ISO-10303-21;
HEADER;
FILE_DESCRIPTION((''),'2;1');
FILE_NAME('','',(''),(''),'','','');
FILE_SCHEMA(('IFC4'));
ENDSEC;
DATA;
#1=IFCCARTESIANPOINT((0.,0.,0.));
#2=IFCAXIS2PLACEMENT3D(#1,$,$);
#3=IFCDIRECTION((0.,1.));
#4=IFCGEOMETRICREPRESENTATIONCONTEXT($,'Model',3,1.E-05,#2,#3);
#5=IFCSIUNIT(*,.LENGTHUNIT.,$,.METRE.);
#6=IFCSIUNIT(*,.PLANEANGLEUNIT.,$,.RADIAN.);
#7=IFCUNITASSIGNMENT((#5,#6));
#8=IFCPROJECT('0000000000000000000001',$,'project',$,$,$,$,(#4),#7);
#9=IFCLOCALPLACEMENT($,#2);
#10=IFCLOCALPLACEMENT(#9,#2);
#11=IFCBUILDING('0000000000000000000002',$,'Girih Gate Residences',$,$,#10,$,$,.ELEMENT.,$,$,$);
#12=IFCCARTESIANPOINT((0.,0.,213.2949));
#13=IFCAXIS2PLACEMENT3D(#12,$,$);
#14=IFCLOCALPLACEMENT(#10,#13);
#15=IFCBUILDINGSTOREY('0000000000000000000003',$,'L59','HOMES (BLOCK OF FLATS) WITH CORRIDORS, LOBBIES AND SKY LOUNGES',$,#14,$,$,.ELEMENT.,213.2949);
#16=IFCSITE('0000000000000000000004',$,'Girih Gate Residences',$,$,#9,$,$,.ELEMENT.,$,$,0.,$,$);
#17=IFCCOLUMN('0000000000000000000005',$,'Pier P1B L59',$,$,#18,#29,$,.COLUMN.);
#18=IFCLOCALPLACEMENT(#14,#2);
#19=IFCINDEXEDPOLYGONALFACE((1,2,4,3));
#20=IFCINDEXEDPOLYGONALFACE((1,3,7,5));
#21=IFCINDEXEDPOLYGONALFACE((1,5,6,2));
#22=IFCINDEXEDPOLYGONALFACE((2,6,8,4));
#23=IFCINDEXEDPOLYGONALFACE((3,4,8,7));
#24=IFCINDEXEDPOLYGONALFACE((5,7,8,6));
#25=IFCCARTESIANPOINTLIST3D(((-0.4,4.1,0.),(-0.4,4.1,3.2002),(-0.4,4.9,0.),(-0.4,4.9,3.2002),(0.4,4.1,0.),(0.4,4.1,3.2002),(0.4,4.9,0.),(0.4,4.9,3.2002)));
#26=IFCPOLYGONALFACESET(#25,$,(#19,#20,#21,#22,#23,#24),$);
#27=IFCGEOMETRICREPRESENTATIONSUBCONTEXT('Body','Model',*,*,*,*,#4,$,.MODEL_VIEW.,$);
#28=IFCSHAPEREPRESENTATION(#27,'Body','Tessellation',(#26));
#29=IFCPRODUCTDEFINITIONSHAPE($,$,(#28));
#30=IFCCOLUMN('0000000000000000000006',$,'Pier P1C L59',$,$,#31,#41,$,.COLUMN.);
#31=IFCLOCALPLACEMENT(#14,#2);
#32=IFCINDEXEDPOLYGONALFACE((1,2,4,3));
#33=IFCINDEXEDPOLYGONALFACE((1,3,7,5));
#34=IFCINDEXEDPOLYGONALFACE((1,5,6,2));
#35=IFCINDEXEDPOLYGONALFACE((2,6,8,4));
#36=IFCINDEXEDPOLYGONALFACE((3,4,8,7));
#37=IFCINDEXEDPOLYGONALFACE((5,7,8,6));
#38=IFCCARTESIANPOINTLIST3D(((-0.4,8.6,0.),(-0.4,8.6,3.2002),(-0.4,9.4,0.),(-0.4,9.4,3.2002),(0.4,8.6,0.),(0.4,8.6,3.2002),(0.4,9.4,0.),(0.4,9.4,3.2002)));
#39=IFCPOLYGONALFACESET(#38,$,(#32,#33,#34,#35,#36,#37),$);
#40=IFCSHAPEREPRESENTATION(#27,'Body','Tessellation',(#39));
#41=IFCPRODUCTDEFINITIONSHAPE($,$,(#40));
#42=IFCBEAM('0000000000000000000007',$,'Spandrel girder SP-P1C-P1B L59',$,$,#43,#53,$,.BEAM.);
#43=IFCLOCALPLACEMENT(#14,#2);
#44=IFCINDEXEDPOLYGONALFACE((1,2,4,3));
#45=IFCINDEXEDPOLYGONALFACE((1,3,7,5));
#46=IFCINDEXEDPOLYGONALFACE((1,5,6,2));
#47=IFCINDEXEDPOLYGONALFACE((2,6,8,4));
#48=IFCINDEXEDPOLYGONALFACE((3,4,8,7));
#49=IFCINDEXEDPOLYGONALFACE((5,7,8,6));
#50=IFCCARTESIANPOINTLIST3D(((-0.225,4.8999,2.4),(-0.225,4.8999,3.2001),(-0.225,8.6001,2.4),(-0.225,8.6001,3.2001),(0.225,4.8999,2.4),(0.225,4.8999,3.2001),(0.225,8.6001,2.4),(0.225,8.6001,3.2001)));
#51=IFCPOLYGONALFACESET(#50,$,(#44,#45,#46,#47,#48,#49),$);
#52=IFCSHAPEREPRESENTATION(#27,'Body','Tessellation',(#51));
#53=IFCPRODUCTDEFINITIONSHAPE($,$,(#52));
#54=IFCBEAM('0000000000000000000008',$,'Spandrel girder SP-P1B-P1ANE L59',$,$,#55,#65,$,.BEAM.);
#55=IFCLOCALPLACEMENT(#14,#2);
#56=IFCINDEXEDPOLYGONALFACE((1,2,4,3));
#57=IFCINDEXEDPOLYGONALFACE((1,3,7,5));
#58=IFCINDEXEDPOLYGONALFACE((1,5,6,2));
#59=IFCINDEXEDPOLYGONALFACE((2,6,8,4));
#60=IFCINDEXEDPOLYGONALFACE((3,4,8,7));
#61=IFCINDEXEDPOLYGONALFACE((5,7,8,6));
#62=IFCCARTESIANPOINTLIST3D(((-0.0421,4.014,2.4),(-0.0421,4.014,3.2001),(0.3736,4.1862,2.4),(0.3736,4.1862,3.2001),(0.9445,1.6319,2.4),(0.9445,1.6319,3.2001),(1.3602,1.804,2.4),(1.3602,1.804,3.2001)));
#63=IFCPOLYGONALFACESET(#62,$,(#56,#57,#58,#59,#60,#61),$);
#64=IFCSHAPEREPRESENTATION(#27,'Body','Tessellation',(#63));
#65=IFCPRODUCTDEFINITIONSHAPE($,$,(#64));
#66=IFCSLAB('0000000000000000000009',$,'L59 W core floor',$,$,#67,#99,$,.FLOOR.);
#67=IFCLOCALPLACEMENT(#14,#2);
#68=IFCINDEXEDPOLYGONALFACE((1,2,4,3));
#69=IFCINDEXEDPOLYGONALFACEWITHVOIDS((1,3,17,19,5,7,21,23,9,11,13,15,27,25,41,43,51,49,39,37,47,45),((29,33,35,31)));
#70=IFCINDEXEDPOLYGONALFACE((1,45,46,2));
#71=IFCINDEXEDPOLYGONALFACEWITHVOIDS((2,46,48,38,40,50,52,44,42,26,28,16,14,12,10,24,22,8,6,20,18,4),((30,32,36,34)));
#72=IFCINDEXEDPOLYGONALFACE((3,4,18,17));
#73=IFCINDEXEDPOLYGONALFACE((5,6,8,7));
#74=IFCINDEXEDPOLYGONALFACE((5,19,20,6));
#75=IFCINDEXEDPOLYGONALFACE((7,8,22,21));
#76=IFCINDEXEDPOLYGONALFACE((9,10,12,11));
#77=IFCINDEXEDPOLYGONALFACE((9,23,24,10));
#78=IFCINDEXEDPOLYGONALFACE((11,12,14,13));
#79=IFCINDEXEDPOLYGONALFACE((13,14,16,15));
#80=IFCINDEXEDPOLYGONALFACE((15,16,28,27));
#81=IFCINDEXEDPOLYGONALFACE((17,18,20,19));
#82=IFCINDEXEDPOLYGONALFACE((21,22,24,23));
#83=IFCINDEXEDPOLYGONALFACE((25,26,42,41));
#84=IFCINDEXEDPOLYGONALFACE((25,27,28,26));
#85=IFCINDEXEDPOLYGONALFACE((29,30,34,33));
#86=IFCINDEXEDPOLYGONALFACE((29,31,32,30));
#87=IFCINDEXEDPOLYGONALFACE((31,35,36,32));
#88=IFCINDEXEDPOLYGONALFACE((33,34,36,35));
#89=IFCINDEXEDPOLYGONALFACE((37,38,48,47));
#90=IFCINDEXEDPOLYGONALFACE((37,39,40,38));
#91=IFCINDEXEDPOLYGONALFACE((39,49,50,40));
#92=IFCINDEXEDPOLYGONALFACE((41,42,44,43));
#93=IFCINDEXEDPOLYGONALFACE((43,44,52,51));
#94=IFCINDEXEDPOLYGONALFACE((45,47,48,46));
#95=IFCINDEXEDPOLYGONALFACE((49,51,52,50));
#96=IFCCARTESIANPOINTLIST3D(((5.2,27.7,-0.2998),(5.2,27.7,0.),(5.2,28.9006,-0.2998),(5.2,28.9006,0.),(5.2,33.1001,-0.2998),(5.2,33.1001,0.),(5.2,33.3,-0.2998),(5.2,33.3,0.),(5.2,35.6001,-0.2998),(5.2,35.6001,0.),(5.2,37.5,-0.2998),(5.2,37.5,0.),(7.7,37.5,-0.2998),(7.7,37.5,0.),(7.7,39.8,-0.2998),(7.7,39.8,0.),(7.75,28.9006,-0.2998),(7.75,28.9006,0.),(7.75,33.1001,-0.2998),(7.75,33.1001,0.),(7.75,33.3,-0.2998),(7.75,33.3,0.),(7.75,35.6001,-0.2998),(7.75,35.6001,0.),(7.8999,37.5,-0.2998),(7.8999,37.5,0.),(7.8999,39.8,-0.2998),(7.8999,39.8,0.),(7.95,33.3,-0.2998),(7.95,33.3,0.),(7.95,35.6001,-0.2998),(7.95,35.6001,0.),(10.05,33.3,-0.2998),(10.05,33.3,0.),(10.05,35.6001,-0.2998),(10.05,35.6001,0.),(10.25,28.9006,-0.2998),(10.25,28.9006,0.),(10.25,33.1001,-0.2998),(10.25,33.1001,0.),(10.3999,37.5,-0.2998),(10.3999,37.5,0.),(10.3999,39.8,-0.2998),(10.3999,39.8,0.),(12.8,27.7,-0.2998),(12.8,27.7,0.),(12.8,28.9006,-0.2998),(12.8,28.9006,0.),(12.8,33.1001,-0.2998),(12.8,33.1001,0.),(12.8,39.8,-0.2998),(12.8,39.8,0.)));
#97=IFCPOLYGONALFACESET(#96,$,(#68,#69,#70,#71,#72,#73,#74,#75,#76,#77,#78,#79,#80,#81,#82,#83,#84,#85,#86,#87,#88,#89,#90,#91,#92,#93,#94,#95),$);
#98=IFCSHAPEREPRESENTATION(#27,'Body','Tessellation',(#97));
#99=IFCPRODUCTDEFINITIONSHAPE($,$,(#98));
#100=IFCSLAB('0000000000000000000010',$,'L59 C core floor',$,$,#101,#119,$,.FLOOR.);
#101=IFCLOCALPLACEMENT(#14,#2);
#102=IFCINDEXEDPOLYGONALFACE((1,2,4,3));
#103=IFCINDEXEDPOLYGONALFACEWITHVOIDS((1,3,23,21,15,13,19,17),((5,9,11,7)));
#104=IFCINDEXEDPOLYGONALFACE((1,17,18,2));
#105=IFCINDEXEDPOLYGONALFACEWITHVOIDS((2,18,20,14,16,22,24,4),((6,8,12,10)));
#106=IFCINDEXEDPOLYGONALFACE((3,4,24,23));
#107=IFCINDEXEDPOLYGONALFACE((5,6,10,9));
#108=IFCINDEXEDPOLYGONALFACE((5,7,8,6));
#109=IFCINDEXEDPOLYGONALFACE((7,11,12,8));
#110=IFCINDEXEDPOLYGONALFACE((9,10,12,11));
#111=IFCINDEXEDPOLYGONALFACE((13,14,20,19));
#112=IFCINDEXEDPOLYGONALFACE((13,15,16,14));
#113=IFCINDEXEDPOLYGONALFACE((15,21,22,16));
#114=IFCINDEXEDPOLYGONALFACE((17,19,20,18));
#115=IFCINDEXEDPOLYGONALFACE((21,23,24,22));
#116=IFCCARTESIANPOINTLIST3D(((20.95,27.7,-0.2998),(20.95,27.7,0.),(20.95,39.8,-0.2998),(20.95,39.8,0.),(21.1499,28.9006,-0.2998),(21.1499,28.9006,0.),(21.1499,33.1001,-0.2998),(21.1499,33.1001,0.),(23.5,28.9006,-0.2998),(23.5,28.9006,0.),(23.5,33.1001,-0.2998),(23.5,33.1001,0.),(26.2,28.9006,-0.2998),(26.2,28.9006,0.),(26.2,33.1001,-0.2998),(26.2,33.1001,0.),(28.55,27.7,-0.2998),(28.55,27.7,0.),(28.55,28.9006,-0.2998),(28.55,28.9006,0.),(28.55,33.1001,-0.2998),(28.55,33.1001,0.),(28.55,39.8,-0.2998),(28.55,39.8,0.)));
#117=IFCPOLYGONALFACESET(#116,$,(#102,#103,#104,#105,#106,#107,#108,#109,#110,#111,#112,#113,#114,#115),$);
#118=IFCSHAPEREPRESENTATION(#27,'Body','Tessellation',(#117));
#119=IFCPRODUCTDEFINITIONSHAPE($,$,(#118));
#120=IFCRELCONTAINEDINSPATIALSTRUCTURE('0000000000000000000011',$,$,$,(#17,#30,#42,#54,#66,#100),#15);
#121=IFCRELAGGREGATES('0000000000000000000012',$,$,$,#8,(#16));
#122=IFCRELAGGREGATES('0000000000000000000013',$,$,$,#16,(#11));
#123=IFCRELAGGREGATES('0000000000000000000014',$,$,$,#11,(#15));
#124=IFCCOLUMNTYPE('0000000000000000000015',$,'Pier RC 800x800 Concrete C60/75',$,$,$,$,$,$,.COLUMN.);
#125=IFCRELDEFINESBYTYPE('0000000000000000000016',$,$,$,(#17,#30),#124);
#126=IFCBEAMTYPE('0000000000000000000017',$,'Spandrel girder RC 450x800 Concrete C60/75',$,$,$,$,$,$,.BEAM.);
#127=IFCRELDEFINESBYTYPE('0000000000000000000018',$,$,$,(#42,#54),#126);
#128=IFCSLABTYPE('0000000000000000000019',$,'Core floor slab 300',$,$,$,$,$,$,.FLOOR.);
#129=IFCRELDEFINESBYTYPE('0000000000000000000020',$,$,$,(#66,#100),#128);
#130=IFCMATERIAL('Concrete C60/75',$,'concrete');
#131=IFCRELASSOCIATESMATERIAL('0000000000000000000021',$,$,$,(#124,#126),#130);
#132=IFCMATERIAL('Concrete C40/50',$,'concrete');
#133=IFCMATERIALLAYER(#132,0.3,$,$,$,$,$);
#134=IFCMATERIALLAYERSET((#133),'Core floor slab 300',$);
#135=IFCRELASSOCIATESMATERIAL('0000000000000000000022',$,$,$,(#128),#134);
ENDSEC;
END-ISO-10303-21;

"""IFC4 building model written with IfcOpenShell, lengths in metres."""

from ifc_helpers import new_model, si_unit, direction, frame, origin, origin_2d, place, context, subcontext, project, spatial, polyline, rectangle, outline, extrude, material, layer, layer_set, material_profile, profile_set, type_object, element, save


model = new_model("IFC4")

# Units and contexts
model_context = context("Model", 3, precision=1e-05, world=origin(), true_north=direction((0.0, 1.0)))
body_context = subcontext(model_context, "Body", "Model", "MODEL_VIEW")
ifc_project = project(units=[si_unit("LENGTHUNIT", "METRE"), si_unit("PLANEANGLEUNIT", "RADIAN")], contexts=[model_context])

# Site, building, storey
site_placement = place(None, origin())
site = spatial("IfcSite", under=ifc_project, at=site_placement, Name="Girih Gate Residences", CompositionType="ELEMENT", RefElevation=0.0)
building_placement = place(site_placement, origin())
building = spatial("IfcBuilding", under=site, at=building_placement, Name="Girih Gate Residences", CompositionType="ELEMENT")
storey_placement = place(building_placement, frame((0.0, 0.0, 213.2949)))
storey = spatial("IfcBuildingStorey", under=building, at=storey_placement, Name="L59", Description="HOMES (BLOCK OF FLATS) WITH CORRIDORS, LOBBIES AND SKY LOUNGES", CompositionType="ELEMENT", Elevation=213.2949)

# Columns
ifc_material_1 = material(Name="Concrete C60/75", Category="concrete")
ifc_material_profile_1 = material_profile(ifc_material_1, rectangle(XDim=0.8, YDim=0.8, at=origin_2d()))
ifc_profile_set_1 = profile_set([ifc_material_profile_1], Name="Concrete C60/75")
column_type = type_object("IfcColumnType", Name="Pier RC 800x800 Concrete C60/75", PredefinedType="COLUMN", material=ifc_profile_set_1)
for number, where, z_axis, x_axis, name in (
    (1, (0.0, 4.5, 0.0), (0.0, 0.0, 1.0), (1.0, 0.0, 0.0), "Pier P1B L59"),
    (2, (0.0, 9.0, 0.0), (0.0, 0.0, 1.0), (1.0, 0.0, 0.0), "Pier P1C L59"),
):
    element("IfcColumn", number, at=place(storey_placement, frame(where, z_axis=z_axis, x_axis=x_axis)), inside=storey, type_object=column_type, Name=name, PredefinedType="COLUMN", context=body_context, shape_type="SweptSolid", body=[
        extrude(rectangle(XDim=0.8, YDim=0.8, at=origin_2d()), origin(), (0.0, 0.0, 1.0), 3.2002),
    ])

# Beams
ifc_material_profile_2 = material_profile(ifc_material_1, rectangle(XDim=0.45, YDim=0.8, at=origin_2d()))
ifc_profile_set_2 = profile_set([ifc_material_profile_2], Name="Concrete C60/75")
beam_type = type_object("IfcBeamType", Name="Spandrel girder RC 450x800 Concrete C60/75", PredefinedType="BEAM", material=ifc_profile_set_2)
beam_1_placement = place(storey_placement, frame((0.0, 8.6001, 2.8), z_axis=(0.0, -1.0, 0.0), x_axis=(1.0, 0.0, 0.0)))
element("IfcBeam", 3, at=beam_1_placement, inside=storey, type_object=beam_type, Name="Spandrel girder SP-P1C-P1B L59", PredefinedType="BEAM", context=body_context, shape_type="SweptSolid", body=[
    extrude(rectangle(XDim=0.45, YDim=0.8, at=origin_2d()), origin(), (0.0, 0.0, 1.0), 3.7002),
])
beam_2_placement = place(storey_placement, frame((0.1658, 4.1001, 2.8), z_axis=(0.382644, -0.923896, 0.0), x_axis=(0.923896, 0.382644, 0.0)))
element("IfcBeam", 4, at=beam_2_placement, inside=storey, type_object=beam_type, Name="Spandrel girder SP-P1B-P1ANE L59", PredefinedType="BEAM", context=body_context, shape_type="SweptSolid", body=[
    extrude(rectangle(XDim=0.45, YDim=0.8, at=origin_2d()), origin(), (0.0, 0.0, 1.0), 2.5784),
])

# Slabs
ifc_material_2 = material(Name="Concrete C40/50", Category="concrete")
ifc_layer_1 = layer(ifc_material_2, 0.3)
ifc_layer_set_1 = layer_set([ifc_layer_1], Name="Core floor slab 300")
slab_type_1 = type_object("IfcSlabType", Name="Core floor slab 300", PredefinedType="FLOOR", material=ifc_layer_set_1)
slab_1_placement = place(storey_placement, frame((0.0, 0.0, -0.2998)))
element("IfcSlab", 5, at=slab_1_placement, inside=storey, type_object=slab_type_1, Name="L59 W core floor", PredefinedType="FLOOR", context=body_context, shape_type="SweptSolid", body=[
    extrude(outline(polyline([(12.8, 27.7), (5.2, 27.7), (5.2, 28.9006), (7.75, 28.9006), (7.75, 33.1001), (5.2, 33.1001), (5.2, 33.3), (7.75, 33.3), (7.75, 35.6001), (5.2, 35.6001), (5.2, 37.5), (7.7, 37.5), (7.7, 39.8), (7.8999, 39.8), (7.8999, 37.5), (10.3999, 37.5), (10.3999, 39.8), (12.8, 39.8), (12.8, 33.1001), (10.25, 33.1001), (10.25, 28.9006), (12.8, 28.9006), (12.8, 27.7)]), holes=[polyline([(7.95, 33.3), (10.05, 33.3), (10.05, 35.6001), (7.95, 35.6001), (7.95, 33.3)])]), origin(), (0.0, 0.0, 1.0), 0.2998),
])
slab_2_placement = place(storey_placement, frame((0.0, 0.0, -0.2998)))
element("IfcSlab", 6, at=slab_2_placement, inside=storey, type_object=slab_type_1, Name="L59 C core floor", PredefinedType="FLOOR", context=body_context, shape_type="SweptSolid", body=[
    extrude(outline(polyline([(28.55, 27.7), (20.95, 27.7), (20.95, 39.8), (28.55, 39.8), (28.55, 33.1001), (26.2, 33.1001), (26.2, 28.9006), (28.55, 28.9006), (28.55, 27.7)]), holes=[polyline([(23.5, 28.9006), (23.5, 33.1001), (21.1499, 33.1001), (21.1499, 28.9006), (23.5, 28.9006)])]), origin(), (0.0, 0.0, 1.0), 0.2998),
])

save(model, "model.ifc")
